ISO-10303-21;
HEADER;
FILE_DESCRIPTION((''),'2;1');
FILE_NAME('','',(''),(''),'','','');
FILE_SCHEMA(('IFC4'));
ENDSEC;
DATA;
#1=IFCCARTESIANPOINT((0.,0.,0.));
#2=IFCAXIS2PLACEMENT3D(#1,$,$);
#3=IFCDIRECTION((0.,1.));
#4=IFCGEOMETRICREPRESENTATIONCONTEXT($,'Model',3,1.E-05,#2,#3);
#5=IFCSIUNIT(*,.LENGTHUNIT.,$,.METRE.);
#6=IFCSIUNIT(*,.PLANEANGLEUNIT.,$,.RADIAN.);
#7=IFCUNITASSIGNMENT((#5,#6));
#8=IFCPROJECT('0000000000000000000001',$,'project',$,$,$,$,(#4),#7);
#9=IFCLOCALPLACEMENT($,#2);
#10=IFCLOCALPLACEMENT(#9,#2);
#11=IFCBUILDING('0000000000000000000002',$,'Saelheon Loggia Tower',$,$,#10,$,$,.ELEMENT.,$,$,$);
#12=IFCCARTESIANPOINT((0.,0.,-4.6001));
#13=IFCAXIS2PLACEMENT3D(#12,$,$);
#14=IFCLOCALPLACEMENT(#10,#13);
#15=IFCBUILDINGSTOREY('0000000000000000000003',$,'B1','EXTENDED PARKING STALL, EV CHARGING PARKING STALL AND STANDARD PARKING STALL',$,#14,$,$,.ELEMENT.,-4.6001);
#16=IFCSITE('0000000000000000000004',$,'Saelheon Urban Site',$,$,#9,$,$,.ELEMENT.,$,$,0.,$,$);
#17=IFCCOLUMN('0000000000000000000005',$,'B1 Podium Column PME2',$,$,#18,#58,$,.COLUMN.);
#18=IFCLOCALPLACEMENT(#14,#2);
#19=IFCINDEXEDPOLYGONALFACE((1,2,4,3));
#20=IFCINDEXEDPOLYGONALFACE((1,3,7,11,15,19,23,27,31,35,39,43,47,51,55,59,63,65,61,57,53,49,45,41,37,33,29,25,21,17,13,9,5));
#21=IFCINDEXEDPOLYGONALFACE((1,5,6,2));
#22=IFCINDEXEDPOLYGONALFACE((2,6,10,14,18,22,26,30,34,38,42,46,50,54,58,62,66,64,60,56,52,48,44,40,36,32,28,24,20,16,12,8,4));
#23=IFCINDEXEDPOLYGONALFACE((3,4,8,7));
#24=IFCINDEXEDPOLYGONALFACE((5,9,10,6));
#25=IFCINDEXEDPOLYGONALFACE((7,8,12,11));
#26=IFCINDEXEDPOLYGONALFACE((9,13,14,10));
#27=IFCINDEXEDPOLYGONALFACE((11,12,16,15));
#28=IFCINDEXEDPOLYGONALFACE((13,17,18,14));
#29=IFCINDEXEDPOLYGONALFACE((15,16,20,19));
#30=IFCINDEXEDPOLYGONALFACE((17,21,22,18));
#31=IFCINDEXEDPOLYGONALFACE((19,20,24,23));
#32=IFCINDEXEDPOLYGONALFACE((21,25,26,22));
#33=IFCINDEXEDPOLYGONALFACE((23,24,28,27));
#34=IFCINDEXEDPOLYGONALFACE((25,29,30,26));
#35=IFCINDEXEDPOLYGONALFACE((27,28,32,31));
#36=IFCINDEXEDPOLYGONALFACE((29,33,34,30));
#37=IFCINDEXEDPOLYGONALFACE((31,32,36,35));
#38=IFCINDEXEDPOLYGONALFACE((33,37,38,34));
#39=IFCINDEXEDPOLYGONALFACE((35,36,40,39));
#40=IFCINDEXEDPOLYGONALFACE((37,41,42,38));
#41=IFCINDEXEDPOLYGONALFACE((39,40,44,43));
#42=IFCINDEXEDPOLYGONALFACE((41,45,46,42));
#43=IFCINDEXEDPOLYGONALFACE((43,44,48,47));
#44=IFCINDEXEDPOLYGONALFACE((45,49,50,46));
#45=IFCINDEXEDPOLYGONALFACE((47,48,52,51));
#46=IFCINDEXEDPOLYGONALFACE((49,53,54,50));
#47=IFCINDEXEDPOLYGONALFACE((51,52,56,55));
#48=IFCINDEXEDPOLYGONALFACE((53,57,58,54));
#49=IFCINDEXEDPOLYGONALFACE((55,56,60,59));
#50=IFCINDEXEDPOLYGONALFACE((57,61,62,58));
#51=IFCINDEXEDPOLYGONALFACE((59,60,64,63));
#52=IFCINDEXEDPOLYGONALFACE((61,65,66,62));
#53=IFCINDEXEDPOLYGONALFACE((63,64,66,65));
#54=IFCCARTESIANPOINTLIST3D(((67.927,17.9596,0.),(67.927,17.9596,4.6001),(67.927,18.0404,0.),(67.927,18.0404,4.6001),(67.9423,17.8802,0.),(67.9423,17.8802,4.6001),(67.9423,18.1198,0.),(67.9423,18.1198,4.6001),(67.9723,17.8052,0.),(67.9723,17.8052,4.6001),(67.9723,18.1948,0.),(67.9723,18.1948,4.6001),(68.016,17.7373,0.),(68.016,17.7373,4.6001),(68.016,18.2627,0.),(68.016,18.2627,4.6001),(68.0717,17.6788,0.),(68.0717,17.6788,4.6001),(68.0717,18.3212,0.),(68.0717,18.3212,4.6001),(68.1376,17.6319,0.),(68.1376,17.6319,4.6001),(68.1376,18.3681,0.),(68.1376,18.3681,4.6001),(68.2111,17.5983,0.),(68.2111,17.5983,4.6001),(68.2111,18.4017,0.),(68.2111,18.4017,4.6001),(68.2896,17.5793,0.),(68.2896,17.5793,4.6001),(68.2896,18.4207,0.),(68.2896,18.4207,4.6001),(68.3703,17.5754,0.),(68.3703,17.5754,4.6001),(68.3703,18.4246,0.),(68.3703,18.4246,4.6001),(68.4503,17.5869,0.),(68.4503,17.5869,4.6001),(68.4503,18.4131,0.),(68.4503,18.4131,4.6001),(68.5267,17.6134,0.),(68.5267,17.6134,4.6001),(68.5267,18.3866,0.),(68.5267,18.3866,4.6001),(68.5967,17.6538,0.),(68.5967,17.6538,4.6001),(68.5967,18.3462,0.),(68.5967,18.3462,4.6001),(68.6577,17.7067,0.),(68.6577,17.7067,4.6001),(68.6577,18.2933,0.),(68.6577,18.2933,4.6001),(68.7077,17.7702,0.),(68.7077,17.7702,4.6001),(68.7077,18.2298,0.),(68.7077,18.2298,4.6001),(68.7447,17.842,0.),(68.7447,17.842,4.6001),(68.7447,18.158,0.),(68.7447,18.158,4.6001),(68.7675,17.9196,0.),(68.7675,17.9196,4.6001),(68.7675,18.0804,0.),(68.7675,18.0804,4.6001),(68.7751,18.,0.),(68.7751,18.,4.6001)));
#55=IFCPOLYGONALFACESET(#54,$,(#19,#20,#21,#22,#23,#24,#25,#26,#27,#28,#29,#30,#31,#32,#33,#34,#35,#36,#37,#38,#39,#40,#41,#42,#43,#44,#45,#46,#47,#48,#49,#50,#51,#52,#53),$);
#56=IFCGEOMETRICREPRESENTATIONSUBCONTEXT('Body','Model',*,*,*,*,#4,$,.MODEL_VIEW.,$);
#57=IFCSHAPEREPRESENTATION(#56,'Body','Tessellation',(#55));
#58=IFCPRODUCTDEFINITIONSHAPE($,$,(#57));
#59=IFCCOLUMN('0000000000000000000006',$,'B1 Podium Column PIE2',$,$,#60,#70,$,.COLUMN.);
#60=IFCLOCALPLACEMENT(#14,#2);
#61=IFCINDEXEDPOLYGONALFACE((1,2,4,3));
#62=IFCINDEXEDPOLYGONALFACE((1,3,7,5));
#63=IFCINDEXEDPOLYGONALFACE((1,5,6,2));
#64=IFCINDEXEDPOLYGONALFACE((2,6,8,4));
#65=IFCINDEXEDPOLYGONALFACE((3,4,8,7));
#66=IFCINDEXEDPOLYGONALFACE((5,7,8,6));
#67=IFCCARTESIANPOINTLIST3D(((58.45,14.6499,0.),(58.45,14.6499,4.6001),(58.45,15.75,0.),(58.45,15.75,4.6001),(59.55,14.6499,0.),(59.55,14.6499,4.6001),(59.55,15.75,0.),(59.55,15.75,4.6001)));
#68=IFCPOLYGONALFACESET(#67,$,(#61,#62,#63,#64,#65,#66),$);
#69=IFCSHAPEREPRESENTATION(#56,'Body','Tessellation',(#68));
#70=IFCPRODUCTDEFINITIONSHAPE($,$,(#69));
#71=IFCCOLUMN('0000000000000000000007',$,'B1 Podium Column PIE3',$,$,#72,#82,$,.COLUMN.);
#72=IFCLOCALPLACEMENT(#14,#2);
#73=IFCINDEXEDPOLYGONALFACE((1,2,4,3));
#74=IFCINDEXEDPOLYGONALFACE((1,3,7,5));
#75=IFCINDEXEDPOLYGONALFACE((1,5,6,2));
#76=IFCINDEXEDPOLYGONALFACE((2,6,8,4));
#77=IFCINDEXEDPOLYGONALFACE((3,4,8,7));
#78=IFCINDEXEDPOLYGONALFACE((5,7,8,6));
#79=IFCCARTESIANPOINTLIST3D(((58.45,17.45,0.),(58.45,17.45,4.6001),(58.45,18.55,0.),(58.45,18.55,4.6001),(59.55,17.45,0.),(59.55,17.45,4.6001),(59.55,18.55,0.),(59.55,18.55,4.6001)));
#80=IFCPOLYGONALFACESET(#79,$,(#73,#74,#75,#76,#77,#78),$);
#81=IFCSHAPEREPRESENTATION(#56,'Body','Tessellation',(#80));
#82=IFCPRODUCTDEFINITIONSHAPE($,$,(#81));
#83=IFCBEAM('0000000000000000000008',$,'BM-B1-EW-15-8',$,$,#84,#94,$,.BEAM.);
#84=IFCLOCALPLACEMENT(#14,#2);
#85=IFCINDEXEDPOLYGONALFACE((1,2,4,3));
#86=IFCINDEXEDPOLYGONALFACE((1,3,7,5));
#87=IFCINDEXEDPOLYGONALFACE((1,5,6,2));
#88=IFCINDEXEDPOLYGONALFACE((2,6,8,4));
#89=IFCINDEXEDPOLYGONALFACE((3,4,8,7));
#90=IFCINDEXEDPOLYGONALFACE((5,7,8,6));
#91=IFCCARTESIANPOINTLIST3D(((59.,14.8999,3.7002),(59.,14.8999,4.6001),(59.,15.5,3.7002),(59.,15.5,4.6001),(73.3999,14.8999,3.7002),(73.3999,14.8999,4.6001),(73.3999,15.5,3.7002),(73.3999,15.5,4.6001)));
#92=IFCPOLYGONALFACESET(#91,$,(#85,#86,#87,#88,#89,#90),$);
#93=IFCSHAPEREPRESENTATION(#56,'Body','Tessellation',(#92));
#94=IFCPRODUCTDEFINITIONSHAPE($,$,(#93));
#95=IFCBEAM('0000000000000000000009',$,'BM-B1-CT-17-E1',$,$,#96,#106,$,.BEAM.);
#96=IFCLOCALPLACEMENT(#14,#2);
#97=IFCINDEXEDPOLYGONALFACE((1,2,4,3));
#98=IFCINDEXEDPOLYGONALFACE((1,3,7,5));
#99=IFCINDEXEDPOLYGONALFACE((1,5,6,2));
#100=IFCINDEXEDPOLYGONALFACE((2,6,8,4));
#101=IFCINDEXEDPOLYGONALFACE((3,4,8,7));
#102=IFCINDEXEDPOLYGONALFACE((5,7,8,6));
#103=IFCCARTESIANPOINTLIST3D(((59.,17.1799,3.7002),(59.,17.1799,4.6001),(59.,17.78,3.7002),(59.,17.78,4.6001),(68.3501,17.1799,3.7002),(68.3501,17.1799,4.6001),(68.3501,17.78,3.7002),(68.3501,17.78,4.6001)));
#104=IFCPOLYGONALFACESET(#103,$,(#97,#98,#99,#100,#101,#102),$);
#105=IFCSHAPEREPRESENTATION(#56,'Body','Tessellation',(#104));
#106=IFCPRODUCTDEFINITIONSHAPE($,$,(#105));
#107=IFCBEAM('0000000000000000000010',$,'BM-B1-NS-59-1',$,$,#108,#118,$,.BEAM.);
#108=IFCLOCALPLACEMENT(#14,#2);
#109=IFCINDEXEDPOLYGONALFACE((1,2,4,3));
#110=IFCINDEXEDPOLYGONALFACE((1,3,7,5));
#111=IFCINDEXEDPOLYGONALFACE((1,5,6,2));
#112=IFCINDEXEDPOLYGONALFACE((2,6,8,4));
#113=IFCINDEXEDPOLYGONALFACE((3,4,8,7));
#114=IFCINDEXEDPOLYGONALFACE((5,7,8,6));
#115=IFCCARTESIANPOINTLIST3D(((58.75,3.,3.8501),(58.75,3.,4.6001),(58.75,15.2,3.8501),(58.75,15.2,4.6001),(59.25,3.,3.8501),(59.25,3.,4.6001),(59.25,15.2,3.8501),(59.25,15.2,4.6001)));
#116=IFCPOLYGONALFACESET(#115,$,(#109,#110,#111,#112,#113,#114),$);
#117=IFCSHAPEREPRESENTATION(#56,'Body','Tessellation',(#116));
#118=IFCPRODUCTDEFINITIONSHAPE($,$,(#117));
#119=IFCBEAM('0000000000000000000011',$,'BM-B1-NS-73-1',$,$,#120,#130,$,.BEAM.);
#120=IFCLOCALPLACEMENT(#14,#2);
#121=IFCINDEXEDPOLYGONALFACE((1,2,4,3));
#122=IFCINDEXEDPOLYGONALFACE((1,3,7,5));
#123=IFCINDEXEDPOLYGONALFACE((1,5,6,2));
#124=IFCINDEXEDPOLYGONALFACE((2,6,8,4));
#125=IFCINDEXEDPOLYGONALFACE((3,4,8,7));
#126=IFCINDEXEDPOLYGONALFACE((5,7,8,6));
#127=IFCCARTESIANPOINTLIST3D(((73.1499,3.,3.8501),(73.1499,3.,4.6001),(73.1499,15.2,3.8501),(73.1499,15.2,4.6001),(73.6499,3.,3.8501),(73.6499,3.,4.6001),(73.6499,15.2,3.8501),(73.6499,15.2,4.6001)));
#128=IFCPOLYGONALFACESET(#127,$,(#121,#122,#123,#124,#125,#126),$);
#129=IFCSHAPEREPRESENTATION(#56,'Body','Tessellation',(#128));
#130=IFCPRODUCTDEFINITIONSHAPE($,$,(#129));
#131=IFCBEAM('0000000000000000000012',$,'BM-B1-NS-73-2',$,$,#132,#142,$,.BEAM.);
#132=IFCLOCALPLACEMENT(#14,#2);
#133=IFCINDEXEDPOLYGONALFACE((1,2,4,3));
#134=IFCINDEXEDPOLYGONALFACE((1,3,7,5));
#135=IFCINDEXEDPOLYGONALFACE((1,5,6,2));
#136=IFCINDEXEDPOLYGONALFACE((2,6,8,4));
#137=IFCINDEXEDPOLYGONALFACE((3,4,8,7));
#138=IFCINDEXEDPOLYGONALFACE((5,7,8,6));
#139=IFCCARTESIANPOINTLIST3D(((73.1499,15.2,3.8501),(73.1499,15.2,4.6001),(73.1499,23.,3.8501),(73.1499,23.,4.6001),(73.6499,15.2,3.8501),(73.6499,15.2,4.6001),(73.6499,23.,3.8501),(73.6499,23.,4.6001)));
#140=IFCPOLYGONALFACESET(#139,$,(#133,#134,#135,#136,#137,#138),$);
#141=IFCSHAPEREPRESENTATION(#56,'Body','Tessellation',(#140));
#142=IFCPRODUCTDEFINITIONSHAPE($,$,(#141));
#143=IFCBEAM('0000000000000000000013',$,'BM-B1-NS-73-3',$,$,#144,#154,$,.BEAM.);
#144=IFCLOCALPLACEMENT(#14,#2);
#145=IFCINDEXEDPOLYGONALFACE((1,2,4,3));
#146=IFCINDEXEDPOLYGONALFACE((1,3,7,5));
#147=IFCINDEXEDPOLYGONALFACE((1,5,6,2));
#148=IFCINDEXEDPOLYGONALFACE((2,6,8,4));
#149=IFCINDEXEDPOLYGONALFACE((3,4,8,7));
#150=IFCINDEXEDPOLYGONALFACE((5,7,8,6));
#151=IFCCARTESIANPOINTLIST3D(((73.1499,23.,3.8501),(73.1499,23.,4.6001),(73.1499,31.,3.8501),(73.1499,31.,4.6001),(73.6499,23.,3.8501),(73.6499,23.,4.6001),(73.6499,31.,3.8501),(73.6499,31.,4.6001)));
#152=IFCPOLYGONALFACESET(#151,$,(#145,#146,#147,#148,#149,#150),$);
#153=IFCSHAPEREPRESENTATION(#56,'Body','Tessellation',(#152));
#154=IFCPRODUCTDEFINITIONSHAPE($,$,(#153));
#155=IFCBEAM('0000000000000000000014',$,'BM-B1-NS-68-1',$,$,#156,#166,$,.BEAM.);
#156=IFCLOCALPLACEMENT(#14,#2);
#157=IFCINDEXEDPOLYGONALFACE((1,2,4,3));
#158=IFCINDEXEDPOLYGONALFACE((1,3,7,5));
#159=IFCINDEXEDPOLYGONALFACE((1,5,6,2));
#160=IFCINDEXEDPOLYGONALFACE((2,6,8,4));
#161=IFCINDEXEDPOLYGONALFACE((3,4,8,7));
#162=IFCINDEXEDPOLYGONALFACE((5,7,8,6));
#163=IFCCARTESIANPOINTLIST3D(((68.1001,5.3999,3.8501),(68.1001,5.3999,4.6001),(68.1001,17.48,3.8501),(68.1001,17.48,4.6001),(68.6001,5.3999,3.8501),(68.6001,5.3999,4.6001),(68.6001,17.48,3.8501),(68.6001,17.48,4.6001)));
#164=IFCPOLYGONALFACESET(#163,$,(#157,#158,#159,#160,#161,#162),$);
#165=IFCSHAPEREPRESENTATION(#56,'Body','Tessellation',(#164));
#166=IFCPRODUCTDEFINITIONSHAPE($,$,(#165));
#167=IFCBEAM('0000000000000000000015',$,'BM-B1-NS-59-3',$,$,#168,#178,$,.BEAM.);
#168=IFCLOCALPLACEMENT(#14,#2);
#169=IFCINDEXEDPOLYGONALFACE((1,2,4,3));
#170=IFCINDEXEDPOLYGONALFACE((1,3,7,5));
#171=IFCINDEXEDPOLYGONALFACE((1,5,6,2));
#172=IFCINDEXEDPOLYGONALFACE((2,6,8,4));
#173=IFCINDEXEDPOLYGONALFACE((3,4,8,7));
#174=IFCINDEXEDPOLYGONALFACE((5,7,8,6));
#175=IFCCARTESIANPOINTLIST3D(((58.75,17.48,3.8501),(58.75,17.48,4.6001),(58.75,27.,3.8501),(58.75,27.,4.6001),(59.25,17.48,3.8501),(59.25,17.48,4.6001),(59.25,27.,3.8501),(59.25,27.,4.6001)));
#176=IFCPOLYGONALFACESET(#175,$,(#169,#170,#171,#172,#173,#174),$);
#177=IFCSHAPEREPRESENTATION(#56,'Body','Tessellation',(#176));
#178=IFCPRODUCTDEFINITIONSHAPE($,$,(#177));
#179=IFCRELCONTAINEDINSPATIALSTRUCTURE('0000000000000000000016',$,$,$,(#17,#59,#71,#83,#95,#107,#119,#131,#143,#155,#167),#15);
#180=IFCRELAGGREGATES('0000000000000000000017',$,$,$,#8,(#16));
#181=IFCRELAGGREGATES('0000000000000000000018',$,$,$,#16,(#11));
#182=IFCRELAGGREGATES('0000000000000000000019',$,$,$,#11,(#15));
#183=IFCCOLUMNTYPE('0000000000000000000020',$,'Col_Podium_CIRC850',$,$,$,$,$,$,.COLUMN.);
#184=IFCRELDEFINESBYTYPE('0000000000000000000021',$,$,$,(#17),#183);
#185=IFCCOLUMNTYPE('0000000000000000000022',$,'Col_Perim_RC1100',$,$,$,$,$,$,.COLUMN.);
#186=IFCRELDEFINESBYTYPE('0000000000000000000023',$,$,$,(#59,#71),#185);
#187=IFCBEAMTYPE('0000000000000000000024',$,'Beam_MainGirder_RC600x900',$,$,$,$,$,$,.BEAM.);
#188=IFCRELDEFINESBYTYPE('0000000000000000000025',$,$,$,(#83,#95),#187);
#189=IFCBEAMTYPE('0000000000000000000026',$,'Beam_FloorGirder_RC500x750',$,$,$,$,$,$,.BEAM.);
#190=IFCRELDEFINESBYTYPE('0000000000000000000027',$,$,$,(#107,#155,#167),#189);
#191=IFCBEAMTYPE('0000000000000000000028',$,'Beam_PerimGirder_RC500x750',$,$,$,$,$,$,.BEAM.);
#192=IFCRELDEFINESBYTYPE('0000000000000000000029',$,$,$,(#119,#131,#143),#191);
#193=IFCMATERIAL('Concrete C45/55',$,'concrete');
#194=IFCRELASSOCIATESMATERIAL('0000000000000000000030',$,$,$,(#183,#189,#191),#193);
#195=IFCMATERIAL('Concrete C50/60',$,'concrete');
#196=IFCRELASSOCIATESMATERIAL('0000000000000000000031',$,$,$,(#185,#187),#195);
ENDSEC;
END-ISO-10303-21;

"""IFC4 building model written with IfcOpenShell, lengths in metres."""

from ifc_helpers import new_model, si_unit, direction, frame, origin, origin_2d, place, context, subcontext, project, spatial, rectangle, circle, extrude, source, transform, mapped, material, material_profile, profile_set, type_object, element, save


model = new_model("IFC4")

# Units and contexts
model_context = context("Model", 3, precision=1e-05, world=origin(), true_north=direction((0.0, 1.0)))
body_context = subcontext(model_context, "Body", "Model", "MODEL_VIEW")
ifc_project = project(units=[si_unit("LENGTHUNIT", "METRE"), si_unit("PLANEANGLEUNIT", "RADIAN")], contexts=[model_context])

# Site, building, storey
site_placement = place(None, origin())
site = spatial("IfcSite", under=ifc_project, at=site_placement, Name="Saelheon Urban Site", CompositionType="ELEMENT", RefElevation=0.0)
building_placement = place(site_placement, origin())
building = spatial("IfcBuilding", under=site, at=building_placement, Name="Saelheon Loggia Tower", CompositionType="ELEMENT")
storey_placement = place(building_placement, frame((0.0, 0.0, -4.6001)))
storey = spatial("IfcBuildingStorey", under=building, at=storey_placement, Name="B1", Description="EXTENDED PARKING STALL, EV CHARGING PARKING STALL AND STANDARD PARKING STALL", CompositionType="ELEMENT", Elevation=-4.6001)

# Columns
ifc_material_1 = material(Name="Concrete C50/60", Category="concrete")
ifc_material_2 = material(Name="Concrete C45/55", Category="concrete")
ifc_material_profile_1 = material_profile(ifc_material_2, circle(Radius=0.425, at=origin_2d()), Name="CIRC-850")
ifc_profile_set_1 = profile_set([ifc_material_profile_1], Name="Concrete C45/55")
column_type_1 = type_object("IfcColumnType", Name="Col_Podium_CIRC850", PredefinedType="COLUMN", material=ifc_profile_set_1)
shared_shape_1 = source(origin(), body_context, "Body", "SweptSolid", [
    extrude(circle(Radius=0.425, at=origin_2d()), origin(), (0.0, 0.0, 1.0), 4.6001),
])
for number, where, z_axis, x_axis, name in (
    (1, (68.3501, 18.0, 0.0), (0.0, 0.0, 1.0), (1.0, 0.0, 0.0), "B1 Podium Column PME2"),
):
    element("IfcColumn", number, at=place(storey_placement, frame(where, z_axis=z_axis, x_axis=x_axis)), inside=storey, type_object=column_type_1, Name=name, PredefinedType="COLUMN", context=body_context, shape_type="MappedRepresentation", body=[
        mapped(shared_shape_1, transform((0.0, 0.0, 0.0), scale=1.0)),
    ])
ifc_material_profile_2 = material_profile(ifc_material_1, rectangle(XDim=1.1001, YDim=1.1001, at=origin_2d()), Name="RC-1100x1100")
ifc_profile_set_2 = profile_set([ifc_material_profile_2], Name="Concrete C50/60")
column_type_2 = type_object("IfcColumnType", Name="Col_Perim_RC1100", PredefinedType="COLUMN", material=ifc_profile_set_2)
shared_shape_2 = source(origin(), body_context, "Body", "SweptSolid", [
    extrude(rectangle(XDim=1.1001, YDim=1.1001, at=origin_2d()), origin(), (0.0, 0.0, 1.0), 4.6001),
])
for number, where, z_axis, x_axis, name in (
    (2, (59.0, 15.2, 0.0), (0.0, 0.0, 1.0), (1.0, 0.0, 0.0), "B1 Podium Column PIE2"),
    (3, (59.0, 18.0, 0.0), (0.0, 0.0, 1.0), (1.0, 0.0, 0.0), "B1 Podium Column PIE3"),
):
    element("IfcColumn", number, at=place(storey_placement, frame(where, z_axis=z_axis, x_axis=x_axis)), inside=storey, type_object=column_type_2, Name=name, PredefinedType="COLUMN", context=body_context, shape_type="MappedRepresentation", body=[
        mapped(shared_shape_2, transform((0.0, 0.0, 0.0), scale=1.0)),
    ])

# Beams
ifc_material_profile_3 = material_profile(ifc_material_1, rectangle(XDim=0.6001, YDim=0.8999, at=origin_2d()), Name="RC-600x900")
ifc_profile_set_3 = profile_set([ifc_material_profile_3], Name="Concrete C50/60")
beam_type_1 = type_object("IfcBeamType", Name="Beam_MainGirder_RC600x900", PredefinedType="BEAM", material=ifc_profile_set_3)
shared_shape_3 = source(origin(), body_context, "Body", "SweptSolid", [
    extrude(rectangle(XDim=0.6001, YDim=0.8999, at=origin_2d()), origin(), (0.0, 0.0, 1.0), 14.3999),
])
beam_1_placement = place(storey_placement, frame((59.0, 15.2, 4.1501), z_axis=(1.0, 0.0, 0.0), x_axis=(0.0, 1.0, 0.0)))
element("IfcBeam", 4, at=beam_1_placement, inside=storey, type_object=beam_type_1, Name="BM-B1-EW-15-8", PredefinedType="BEAM", context=body_context, shape_type="MappedRepresentation", body=[
    mapped(shared_shape_3, transform((0.0, 0.0, 0.0), scale=1.0)),
])
shared_shape_4 = source(origin(), body_context, "Body", "SweptSolid", [
    extrude(rectangle(XDim=0.6001, YDim=0.8999, at=origin_2d()), origin(), (0.0, 0.0, 1.0), 9.3501),
])
beam_2_placement = place(storey_placement, frame((59.0, 17.48, 4.1501), z_axis=(1.0, 0.0, 0.0), x_axis=(0.0, 1.0, 0.0)))
element("IfcBeam", 5, at=beam_2_placement, inside=storey, type_object=beam_type_1, Name="BM-B1-CT-17-E1", PredefinedType="BEAM", context=body_context, shape_type="MappedRepresentation", body=[
    mapped(shared_shape_4, transform((0.0, 0.0, 0.0), scale=1.0)),
])
ifc_material_profile_4 = material_profile(ifc_material_2, rectangle(XDim=0.5, YDim=0.75, at=origin_2d()), Name="RC-500x750")
ifc_profile_set_4 = profile_set([ifc_material_profile_4], Name="Concrete C45/55")
beam_type_2 = type_object("IfcBeamType", Name="Beam_FloorGirder_RC500x750", PredefinedType="BEAM", material=ifc_profile_set_4)
shared_shape_5 = source(origin(), body_context, "Body", "SweptSolid", [
    extrude(rectangle(XDim=0.5, YDim=0.75, at=origin_2d()), origin(), (0.0, 0.0, 1.0), 12.2),
])
beam_3_placement = place(storey_placement, frame((59.0, 3.0, 4.2251), z_axis=(0.0, 1.0, 0.0), x_axis=(-1.0, 0.0, 0.0)))
element("IfcBeam", 6, at=beam_3_placement, inside=storey, type_object=beam_type_2, Name="BM-B1-NS-59-1", PredefinedType="BEAM", context=body_context, shape_type="MappedRepresentation", body=[
    mapped(shared_shape_5, transform((0.0, 0.0, 0.0), scale=1.0)),
])
ifc_material_profile_5 = material_profile(ifc_material_2, rectangle(XDim=0.5, YDim=0.75, at=origin_2d()), Name="RC-500x750")
ifc_profile_set_5 = profile_set([ifc_material_profile_5], Name="Concrete C45/55")
beam_type_3 = type_object("IfcBeamType", Name="Beam_PerimGirder_RC500x750", PredefinedType="BEAM", material=ifc_profile_set_5)
beam_4_placement = place(storey_placement, frame((73.3999, 3.0, 4.2251), z_axis=(0.0, 1.0, 0.0), x_axis=(-1.0, 0.0, 0.0)))
element("IfcBeam", 7, at=beam_4_placement, inside=storey, type_object=beam_type_3, Name="BM-B1-NS-73-1", PredefinedType="BEAM", context=body_context, shape_type="MappedRepresentation", body=[
    mapped(shared_shape_5, transform((0.0, 0.0, 0.0), scale=1.0)),
])
shared_shape_6 = source(origin(), body_context, "Body", "SweptSolid", [
    extrude(rectangle(XDim=0.5, YDim=0.75, at=origin_2d()), origin(), (0.0, 0.0, 1.0), 7.8),
])
beam_5_placement = place(storey_placement, frame((73.3999, 15.2, 4.2251), z_axis=(0.0, 1.0, 0.0), x_axis=(-1.0, 0.0, 0.0)))
element("IfcBeam", 8, at=beam_5_placement, inside=storey, type_object=beam_type_3, Name="BM-B1-NS-73-2", PredefinedType="BEAM", context=body_context, shape_type="MappedRepresentation", body=[
    mapped(shared_shape_6, transform((0.0, 0.0, 0.0), scale=1.0)),
])
shared_shape_7 = source(origin(), body_context, "Body", "SweptSolid", [
    extrude(rectangle(XDim=0.5, YDim=0.75, at=origin_2d()), origin(), (0.0, 0.0, 1.0), 8.0),
])
beam_6_placement = place(storey_placement, frame((73.3999, 23.0, 4.2251), z_axis=(0.0, 1.0, 0.0), x_axis=(-1.0, 0.0, 0.0)))
element("IfcBeam", 9, at=beam_6_placement, inside=storey, type_object=beam_type_3, Name="BM-B1-NS-73-3", PredefinedType="BEAM", context=body_context, shape_type="MappedRepresentation", body=[
    mapped(shared_shape_7, transform((0.0, 0.0, 0.0), scale=1.0)),
])
shared_shape_8 = source(origin(), body_context, "Body", "SweptSolid", [
    extrude(rectangle(XDim=0.5, YDim=0.75, at=origin_2d()), origin(), (0.0, 0.0, 1.0), 12.0801),
])
beam_7_placement = place(storey_placement, frame((68.3501, 5.3999, 4.2251), z_axis=(0.0, 1.0, 0.0), x_axis=(-1.0, 0.0, 0.0)))
element("IfcBeam", 10, at=beam_7_placement, inside=storey, type_object=beam_type_2, Name="BM-B1-NS-68-1", PredefinedType="BEAM", context=body_context, shape_type="MappedRepresentation", body=[
    mapped(shared_shape_8, transform((0.0, 0.0, 0.0), scale=1.0)),
])
shared_shape_9 = source(origin(), body_context, "Body", "SweptSolid", [
    extrude(rectangle(XDim=0.5, YDim=0.75, at=origin_2d()), origin(), (0.0, 0.0, 1.0), 9.52),
])
for number, where, z_axis, x_axis, name in (
    (11, (59.0, 17.48, 4.2251), (0.0, 1.0, 0.0), (-1.0, 0.0, 0.0), "BM-B1-NS-59-3"),
):
    element("IfcBeam", number, at=place(storey_placement, frame(where, z_axis=z_axis, x_axis=x_axis)), inside=storey, type_object=beam_type_2, Name=name, PredefinedType="BEAM", context=body_context, shape_type="MappedRepresentation", body=[
        mapped(shared_shape_9, transform((0.0, 0.0, 0.0), scale=1.0)),
    ])

save(model, "model.ifc")
